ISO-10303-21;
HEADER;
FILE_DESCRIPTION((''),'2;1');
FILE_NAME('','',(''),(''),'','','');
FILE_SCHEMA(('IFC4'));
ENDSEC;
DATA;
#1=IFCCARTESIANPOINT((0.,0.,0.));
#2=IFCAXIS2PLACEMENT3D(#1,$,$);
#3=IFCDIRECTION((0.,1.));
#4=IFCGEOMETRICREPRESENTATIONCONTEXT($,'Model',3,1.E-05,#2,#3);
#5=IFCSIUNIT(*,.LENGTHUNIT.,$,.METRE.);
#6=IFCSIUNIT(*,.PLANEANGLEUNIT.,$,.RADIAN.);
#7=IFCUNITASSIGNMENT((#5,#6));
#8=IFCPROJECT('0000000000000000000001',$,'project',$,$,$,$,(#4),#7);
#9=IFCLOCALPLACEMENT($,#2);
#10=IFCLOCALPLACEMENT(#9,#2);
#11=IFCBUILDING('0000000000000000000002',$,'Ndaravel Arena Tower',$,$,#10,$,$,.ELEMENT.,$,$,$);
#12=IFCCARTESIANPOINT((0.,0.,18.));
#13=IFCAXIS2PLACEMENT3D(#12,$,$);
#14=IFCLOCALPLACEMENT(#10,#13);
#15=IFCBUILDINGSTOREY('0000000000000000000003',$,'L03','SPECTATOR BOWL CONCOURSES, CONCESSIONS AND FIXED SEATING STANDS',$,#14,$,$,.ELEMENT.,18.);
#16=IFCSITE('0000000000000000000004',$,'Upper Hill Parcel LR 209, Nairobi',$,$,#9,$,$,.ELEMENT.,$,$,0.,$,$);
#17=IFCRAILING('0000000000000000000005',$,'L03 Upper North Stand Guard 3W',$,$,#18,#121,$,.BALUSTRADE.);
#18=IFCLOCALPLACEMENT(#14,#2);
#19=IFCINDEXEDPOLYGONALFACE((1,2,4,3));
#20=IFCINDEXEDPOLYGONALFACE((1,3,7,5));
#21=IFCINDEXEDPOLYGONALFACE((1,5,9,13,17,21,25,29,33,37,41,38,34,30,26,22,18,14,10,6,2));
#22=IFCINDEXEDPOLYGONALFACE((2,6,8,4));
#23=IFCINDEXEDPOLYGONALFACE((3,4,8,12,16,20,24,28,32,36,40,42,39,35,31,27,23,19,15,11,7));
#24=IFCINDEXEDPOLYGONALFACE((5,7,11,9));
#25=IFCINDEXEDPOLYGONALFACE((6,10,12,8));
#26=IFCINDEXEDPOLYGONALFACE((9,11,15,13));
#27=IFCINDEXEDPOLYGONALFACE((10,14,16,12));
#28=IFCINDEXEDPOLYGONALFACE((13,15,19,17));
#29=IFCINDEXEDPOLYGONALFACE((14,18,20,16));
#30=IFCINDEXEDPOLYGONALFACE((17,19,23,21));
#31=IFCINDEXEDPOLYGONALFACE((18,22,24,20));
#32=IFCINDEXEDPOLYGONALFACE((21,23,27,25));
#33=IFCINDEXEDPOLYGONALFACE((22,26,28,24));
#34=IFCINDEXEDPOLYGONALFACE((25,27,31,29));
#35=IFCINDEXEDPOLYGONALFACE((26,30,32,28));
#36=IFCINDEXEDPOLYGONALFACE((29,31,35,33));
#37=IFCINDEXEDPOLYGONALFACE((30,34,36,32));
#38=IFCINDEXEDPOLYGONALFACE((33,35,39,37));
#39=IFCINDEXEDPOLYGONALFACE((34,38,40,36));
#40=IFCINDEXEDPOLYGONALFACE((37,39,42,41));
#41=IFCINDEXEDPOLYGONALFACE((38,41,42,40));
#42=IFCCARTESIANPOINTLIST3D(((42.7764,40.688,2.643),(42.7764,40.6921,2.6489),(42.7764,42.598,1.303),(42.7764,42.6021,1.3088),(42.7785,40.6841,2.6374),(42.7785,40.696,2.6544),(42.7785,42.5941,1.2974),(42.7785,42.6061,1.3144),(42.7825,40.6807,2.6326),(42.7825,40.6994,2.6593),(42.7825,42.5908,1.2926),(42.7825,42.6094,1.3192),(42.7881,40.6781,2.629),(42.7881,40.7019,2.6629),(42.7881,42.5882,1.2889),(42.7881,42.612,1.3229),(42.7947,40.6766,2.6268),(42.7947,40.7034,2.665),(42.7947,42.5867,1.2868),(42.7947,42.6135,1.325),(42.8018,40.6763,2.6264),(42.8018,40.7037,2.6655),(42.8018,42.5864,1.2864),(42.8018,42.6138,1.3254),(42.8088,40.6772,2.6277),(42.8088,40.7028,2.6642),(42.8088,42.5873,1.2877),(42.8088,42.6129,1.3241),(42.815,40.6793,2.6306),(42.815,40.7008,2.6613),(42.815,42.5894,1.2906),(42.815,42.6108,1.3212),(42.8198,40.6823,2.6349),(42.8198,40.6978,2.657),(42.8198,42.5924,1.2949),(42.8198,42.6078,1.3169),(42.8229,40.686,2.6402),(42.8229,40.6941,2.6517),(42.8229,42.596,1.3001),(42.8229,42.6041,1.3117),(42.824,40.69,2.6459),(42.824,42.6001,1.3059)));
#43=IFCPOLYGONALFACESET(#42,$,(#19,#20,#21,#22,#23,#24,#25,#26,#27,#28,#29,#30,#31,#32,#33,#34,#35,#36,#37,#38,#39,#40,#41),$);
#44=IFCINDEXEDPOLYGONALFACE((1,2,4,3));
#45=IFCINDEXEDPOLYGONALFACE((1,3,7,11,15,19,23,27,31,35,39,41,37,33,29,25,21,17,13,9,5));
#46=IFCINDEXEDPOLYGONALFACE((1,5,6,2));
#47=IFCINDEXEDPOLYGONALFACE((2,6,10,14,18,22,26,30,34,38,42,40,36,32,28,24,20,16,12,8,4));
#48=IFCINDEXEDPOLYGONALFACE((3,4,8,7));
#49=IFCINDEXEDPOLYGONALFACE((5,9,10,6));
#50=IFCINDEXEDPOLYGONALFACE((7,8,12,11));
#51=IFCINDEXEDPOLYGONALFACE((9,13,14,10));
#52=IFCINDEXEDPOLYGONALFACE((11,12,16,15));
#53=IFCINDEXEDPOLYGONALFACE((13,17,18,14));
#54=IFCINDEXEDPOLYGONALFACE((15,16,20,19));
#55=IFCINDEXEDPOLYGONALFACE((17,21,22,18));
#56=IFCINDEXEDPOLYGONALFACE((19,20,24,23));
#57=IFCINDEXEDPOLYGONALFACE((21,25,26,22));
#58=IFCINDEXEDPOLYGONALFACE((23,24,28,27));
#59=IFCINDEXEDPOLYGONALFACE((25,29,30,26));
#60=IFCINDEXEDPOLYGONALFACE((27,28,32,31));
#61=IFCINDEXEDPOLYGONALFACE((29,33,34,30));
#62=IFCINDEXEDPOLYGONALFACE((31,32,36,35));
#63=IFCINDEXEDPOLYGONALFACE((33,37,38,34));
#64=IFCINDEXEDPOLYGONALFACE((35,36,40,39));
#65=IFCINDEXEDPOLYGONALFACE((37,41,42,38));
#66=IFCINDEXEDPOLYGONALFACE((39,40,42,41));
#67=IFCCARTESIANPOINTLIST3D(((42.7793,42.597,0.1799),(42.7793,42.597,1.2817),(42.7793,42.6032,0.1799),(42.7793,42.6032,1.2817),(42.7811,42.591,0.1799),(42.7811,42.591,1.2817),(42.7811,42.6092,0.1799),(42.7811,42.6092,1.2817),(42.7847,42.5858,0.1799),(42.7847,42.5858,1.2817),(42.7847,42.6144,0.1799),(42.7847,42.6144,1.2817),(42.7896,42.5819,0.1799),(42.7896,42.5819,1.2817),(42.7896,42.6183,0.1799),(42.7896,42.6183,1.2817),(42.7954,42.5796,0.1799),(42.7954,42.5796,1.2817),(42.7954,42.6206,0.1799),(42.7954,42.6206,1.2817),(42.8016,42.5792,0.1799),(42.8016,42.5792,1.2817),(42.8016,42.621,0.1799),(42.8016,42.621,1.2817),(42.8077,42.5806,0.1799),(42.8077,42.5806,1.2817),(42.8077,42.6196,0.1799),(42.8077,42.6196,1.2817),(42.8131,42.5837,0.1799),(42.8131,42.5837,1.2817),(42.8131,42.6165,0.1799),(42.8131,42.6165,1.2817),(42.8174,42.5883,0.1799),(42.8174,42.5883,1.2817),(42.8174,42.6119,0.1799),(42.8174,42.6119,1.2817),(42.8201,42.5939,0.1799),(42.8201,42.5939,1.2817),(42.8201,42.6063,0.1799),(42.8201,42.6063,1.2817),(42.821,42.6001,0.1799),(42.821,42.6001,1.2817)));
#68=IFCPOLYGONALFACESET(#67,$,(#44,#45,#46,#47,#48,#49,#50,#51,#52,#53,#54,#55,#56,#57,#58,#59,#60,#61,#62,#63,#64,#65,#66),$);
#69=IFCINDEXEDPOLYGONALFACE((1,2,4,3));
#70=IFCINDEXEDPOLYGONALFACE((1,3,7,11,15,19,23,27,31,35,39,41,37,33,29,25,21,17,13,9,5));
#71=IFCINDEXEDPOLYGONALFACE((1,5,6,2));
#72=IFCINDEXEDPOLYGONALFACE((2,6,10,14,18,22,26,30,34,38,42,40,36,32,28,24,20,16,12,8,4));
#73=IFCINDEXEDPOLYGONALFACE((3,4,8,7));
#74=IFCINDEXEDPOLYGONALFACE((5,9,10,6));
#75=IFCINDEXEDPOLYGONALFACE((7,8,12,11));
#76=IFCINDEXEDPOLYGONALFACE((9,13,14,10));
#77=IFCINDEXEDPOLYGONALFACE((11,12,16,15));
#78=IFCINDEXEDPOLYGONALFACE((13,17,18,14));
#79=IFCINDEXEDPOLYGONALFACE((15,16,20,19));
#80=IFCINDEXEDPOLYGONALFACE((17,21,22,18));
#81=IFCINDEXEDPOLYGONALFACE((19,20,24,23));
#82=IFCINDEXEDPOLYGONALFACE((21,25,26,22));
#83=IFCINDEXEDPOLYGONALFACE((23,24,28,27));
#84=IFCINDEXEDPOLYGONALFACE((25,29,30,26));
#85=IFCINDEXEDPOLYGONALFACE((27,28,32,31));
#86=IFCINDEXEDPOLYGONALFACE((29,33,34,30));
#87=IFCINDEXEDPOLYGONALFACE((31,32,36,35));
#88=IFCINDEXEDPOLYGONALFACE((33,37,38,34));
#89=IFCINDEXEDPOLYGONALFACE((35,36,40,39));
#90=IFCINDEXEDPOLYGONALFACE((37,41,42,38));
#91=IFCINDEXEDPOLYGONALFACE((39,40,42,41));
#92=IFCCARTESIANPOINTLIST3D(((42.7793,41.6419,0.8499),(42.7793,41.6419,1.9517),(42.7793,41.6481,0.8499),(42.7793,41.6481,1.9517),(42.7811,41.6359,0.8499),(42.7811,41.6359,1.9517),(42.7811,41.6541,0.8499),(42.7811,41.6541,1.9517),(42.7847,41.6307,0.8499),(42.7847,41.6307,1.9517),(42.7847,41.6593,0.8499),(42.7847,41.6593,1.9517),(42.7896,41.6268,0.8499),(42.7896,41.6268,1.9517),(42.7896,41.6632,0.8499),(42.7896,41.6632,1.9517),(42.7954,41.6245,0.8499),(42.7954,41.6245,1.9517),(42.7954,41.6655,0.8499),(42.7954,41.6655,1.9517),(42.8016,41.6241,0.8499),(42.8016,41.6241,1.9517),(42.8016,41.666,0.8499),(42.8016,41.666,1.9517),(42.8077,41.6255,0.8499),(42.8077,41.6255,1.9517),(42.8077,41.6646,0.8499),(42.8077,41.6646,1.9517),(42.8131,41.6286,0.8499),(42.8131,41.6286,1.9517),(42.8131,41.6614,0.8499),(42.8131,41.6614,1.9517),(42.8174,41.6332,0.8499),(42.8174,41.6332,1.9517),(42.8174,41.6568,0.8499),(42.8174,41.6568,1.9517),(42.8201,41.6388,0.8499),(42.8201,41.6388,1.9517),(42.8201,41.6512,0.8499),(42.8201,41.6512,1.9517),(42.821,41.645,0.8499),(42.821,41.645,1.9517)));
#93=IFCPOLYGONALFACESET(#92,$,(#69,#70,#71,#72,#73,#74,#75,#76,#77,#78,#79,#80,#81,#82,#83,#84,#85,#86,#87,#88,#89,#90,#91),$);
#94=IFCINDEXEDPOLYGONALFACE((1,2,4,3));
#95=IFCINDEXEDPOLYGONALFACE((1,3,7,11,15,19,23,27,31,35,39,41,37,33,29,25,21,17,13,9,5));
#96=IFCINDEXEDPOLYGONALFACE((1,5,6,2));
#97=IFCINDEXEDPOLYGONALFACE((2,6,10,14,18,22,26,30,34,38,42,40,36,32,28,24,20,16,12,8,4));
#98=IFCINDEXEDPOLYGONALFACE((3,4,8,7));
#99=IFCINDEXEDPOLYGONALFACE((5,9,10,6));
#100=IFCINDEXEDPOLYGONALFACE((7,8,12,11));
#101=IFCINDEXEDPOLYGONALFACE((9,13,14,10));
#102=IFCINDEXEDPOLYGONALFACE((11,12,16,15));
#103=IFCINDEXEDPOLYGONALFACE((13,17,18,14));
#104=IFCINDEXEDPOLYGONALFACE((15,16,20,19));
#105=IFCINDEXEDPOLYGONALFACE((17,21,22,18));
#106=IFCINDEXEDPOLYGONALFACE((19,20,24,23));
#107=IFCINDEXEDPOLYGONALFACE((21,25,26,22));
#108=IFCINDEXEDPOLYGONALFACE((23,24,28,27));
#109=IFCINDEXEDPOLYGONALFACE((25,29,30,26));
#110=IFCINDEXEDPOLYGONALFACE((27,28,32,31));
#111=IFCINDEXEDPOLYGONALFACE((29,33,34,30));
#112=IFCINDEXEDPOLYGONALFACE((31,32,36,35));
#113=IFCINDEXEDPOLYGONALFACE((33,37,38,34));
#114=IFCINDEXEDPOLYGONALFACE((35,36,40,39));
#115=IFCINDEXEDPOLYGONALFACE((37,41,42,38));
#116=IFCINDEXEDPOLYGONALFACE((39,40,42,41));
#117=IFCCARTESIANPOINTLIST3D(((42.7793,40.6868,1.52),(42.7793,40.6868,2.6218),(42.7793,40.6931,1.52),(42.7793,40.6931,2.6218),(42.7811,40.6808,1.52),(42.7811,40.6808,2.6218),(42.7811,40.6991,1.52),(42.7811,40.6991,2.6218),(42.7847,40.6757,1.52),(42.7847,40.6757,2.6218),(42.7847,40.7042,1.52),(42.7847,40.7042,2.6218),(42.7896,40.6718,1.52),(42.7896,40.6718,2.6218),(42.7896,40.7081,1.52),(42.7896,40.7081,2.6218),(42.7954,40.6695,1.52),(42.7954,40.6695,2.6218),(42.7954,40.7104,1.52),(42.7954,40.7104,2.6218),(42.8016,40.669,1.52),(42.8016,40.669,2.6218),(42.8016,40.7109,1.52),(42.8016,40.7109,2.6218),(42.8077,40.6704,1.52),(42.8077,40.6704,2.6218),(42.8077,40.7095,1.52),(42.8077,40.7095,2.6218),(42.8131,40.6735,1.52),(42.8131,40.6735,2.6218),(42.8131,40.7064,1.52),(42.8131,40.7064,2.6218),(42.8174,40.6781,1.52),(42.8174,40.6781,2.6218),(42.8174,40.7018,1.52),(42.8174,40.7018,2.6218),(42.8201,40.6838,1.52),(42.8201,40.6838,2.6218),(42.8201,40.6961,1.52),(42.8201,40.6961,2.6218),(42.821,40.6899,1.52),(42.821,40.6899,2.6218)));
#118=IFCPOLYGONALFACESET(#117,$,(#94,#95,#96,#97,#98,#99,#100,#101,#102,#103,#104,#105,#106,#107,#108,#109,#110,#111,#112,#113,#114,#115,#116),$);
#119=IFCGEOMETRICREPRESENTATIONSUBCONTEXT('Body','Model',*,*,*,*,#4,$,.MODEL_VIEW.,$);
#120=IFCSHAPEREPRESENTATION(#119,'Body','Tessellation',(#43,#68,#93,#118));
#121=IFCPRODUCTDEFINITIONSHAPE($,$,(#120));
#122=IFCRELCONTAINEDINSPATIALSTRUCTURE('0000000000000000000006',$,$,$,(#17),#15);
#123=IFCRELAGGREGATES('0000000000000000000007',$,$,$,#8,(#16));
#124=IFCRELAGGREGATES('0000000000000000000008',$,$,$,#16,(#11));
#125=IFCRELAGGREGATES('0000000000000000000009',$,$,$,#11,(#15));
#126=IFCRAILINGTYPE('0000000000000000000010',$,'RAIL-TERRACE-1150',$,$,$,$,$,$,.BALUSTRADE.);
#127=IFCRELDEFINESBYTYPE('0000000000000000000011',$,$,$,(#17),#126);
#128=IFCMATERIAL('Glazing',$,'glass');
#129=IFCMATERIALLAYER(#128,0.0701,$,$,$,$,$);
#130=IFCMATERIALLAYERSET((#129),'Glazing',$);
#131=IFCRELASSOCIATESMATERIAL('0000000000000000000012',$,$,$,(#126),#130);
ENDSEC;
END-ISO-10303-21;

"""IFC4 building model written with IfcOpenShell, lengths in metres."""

from ifc_helpers import new_model, si_unit, direction, frame, origin, origin_2d, place, context, subcontext, project, spatial, circle, extrude, material, layer, layer_set, type_object, element, save


model = new_model("IFC4")

# Units and contexts
model_context = context("Model", 3, precision=1e-05, world=origin(), true_north=direction((0.0, 1.0)))
body_context = subcontext(model_context, "Body", "Model", "MODEL_VIEW")
ifc_project = project(units=[si_unit("LENGTHUNIT", "METRE"), si_unit("PLANEANGLEUNIT", "RADIAN")], contexts=[model_context])

# Site, building, storey
site_placement = place(None, origin())
site = spatial("IfcSite", under=ifc_project, at=site_placement, Name="Upper Hill Parcel LR 209, Nairobi", CompositionType="ELEMENT", RefElevation=0.0)
building_placement = place(site_placement, origin())
building = spatial("IfcBuilding", under=site, at=building_placement, Name="Ndaravel Arena Tower", CompositionType="ELEMENT")
storey_placement = place(building_placement, frame((0.0, 0.0, 18.0)))
storey = spatial("IfcBuildingStorey", under=building, at=storey_placement, Name="L03", Description="SPECTATOR BOWL CONCOURSES, CONCESSIONS AND FIXED SEATING STANDS", CompositionType="ELEMENT", Elevation=18.0)

# Railing
ifc_material_1 = material(Name="Glazing", Category="glass")
ifc_layer_1 = layer(ifc_material_1, 0.0701)
ifc_layer_set_1 = layer_set([ifc_layer_1], Name="Glazing")
railing_type = type_object("IfcRailingType", Name="RAIL-TERRACE-1150", PredefinedType="BALUSTRADE", material=ifc_layer_set_1)
railing_1_placement = place(storey_placement, frame((42.8, 42.6001, 0.1799)))
element("IfcRailing", 1, at=railing_1_placement, inside=storey, type_object=railing_type, Name="L03 Upper North Stand Guard 3W", PredefinedType="BALUSTRADE", context=body_context, shape_type="SweptSolid", body=[
    extrude(circle(Radius=0.0239, at=origin_2d()), frame((0.0, 0.0, 1.126), z_axis=(0.0, -0.818632, 0.574319), x_axis=(1.0, 0.0, 0.0)), (0.0, 0.0, 1.0), 2.3333),
    extrude(circle(Radius=0.021, at=origin_2d()), origin(), (0.0, 0.0, 1.0), 1.1018),
    extrude(circle(Radius=0.021, at=origin_2d()), frame((0.0, -0.9551, 0.6699)), (0.0, 0.0, 1.0), 1.1018),
    extrude(circle(Radius=0.021, at=origin_2d()), frame((0.0, -1.9102, 1.3401)), (0.0, 0.0, 1.0), 1.1018),
])

save(model, "model.ifc")
